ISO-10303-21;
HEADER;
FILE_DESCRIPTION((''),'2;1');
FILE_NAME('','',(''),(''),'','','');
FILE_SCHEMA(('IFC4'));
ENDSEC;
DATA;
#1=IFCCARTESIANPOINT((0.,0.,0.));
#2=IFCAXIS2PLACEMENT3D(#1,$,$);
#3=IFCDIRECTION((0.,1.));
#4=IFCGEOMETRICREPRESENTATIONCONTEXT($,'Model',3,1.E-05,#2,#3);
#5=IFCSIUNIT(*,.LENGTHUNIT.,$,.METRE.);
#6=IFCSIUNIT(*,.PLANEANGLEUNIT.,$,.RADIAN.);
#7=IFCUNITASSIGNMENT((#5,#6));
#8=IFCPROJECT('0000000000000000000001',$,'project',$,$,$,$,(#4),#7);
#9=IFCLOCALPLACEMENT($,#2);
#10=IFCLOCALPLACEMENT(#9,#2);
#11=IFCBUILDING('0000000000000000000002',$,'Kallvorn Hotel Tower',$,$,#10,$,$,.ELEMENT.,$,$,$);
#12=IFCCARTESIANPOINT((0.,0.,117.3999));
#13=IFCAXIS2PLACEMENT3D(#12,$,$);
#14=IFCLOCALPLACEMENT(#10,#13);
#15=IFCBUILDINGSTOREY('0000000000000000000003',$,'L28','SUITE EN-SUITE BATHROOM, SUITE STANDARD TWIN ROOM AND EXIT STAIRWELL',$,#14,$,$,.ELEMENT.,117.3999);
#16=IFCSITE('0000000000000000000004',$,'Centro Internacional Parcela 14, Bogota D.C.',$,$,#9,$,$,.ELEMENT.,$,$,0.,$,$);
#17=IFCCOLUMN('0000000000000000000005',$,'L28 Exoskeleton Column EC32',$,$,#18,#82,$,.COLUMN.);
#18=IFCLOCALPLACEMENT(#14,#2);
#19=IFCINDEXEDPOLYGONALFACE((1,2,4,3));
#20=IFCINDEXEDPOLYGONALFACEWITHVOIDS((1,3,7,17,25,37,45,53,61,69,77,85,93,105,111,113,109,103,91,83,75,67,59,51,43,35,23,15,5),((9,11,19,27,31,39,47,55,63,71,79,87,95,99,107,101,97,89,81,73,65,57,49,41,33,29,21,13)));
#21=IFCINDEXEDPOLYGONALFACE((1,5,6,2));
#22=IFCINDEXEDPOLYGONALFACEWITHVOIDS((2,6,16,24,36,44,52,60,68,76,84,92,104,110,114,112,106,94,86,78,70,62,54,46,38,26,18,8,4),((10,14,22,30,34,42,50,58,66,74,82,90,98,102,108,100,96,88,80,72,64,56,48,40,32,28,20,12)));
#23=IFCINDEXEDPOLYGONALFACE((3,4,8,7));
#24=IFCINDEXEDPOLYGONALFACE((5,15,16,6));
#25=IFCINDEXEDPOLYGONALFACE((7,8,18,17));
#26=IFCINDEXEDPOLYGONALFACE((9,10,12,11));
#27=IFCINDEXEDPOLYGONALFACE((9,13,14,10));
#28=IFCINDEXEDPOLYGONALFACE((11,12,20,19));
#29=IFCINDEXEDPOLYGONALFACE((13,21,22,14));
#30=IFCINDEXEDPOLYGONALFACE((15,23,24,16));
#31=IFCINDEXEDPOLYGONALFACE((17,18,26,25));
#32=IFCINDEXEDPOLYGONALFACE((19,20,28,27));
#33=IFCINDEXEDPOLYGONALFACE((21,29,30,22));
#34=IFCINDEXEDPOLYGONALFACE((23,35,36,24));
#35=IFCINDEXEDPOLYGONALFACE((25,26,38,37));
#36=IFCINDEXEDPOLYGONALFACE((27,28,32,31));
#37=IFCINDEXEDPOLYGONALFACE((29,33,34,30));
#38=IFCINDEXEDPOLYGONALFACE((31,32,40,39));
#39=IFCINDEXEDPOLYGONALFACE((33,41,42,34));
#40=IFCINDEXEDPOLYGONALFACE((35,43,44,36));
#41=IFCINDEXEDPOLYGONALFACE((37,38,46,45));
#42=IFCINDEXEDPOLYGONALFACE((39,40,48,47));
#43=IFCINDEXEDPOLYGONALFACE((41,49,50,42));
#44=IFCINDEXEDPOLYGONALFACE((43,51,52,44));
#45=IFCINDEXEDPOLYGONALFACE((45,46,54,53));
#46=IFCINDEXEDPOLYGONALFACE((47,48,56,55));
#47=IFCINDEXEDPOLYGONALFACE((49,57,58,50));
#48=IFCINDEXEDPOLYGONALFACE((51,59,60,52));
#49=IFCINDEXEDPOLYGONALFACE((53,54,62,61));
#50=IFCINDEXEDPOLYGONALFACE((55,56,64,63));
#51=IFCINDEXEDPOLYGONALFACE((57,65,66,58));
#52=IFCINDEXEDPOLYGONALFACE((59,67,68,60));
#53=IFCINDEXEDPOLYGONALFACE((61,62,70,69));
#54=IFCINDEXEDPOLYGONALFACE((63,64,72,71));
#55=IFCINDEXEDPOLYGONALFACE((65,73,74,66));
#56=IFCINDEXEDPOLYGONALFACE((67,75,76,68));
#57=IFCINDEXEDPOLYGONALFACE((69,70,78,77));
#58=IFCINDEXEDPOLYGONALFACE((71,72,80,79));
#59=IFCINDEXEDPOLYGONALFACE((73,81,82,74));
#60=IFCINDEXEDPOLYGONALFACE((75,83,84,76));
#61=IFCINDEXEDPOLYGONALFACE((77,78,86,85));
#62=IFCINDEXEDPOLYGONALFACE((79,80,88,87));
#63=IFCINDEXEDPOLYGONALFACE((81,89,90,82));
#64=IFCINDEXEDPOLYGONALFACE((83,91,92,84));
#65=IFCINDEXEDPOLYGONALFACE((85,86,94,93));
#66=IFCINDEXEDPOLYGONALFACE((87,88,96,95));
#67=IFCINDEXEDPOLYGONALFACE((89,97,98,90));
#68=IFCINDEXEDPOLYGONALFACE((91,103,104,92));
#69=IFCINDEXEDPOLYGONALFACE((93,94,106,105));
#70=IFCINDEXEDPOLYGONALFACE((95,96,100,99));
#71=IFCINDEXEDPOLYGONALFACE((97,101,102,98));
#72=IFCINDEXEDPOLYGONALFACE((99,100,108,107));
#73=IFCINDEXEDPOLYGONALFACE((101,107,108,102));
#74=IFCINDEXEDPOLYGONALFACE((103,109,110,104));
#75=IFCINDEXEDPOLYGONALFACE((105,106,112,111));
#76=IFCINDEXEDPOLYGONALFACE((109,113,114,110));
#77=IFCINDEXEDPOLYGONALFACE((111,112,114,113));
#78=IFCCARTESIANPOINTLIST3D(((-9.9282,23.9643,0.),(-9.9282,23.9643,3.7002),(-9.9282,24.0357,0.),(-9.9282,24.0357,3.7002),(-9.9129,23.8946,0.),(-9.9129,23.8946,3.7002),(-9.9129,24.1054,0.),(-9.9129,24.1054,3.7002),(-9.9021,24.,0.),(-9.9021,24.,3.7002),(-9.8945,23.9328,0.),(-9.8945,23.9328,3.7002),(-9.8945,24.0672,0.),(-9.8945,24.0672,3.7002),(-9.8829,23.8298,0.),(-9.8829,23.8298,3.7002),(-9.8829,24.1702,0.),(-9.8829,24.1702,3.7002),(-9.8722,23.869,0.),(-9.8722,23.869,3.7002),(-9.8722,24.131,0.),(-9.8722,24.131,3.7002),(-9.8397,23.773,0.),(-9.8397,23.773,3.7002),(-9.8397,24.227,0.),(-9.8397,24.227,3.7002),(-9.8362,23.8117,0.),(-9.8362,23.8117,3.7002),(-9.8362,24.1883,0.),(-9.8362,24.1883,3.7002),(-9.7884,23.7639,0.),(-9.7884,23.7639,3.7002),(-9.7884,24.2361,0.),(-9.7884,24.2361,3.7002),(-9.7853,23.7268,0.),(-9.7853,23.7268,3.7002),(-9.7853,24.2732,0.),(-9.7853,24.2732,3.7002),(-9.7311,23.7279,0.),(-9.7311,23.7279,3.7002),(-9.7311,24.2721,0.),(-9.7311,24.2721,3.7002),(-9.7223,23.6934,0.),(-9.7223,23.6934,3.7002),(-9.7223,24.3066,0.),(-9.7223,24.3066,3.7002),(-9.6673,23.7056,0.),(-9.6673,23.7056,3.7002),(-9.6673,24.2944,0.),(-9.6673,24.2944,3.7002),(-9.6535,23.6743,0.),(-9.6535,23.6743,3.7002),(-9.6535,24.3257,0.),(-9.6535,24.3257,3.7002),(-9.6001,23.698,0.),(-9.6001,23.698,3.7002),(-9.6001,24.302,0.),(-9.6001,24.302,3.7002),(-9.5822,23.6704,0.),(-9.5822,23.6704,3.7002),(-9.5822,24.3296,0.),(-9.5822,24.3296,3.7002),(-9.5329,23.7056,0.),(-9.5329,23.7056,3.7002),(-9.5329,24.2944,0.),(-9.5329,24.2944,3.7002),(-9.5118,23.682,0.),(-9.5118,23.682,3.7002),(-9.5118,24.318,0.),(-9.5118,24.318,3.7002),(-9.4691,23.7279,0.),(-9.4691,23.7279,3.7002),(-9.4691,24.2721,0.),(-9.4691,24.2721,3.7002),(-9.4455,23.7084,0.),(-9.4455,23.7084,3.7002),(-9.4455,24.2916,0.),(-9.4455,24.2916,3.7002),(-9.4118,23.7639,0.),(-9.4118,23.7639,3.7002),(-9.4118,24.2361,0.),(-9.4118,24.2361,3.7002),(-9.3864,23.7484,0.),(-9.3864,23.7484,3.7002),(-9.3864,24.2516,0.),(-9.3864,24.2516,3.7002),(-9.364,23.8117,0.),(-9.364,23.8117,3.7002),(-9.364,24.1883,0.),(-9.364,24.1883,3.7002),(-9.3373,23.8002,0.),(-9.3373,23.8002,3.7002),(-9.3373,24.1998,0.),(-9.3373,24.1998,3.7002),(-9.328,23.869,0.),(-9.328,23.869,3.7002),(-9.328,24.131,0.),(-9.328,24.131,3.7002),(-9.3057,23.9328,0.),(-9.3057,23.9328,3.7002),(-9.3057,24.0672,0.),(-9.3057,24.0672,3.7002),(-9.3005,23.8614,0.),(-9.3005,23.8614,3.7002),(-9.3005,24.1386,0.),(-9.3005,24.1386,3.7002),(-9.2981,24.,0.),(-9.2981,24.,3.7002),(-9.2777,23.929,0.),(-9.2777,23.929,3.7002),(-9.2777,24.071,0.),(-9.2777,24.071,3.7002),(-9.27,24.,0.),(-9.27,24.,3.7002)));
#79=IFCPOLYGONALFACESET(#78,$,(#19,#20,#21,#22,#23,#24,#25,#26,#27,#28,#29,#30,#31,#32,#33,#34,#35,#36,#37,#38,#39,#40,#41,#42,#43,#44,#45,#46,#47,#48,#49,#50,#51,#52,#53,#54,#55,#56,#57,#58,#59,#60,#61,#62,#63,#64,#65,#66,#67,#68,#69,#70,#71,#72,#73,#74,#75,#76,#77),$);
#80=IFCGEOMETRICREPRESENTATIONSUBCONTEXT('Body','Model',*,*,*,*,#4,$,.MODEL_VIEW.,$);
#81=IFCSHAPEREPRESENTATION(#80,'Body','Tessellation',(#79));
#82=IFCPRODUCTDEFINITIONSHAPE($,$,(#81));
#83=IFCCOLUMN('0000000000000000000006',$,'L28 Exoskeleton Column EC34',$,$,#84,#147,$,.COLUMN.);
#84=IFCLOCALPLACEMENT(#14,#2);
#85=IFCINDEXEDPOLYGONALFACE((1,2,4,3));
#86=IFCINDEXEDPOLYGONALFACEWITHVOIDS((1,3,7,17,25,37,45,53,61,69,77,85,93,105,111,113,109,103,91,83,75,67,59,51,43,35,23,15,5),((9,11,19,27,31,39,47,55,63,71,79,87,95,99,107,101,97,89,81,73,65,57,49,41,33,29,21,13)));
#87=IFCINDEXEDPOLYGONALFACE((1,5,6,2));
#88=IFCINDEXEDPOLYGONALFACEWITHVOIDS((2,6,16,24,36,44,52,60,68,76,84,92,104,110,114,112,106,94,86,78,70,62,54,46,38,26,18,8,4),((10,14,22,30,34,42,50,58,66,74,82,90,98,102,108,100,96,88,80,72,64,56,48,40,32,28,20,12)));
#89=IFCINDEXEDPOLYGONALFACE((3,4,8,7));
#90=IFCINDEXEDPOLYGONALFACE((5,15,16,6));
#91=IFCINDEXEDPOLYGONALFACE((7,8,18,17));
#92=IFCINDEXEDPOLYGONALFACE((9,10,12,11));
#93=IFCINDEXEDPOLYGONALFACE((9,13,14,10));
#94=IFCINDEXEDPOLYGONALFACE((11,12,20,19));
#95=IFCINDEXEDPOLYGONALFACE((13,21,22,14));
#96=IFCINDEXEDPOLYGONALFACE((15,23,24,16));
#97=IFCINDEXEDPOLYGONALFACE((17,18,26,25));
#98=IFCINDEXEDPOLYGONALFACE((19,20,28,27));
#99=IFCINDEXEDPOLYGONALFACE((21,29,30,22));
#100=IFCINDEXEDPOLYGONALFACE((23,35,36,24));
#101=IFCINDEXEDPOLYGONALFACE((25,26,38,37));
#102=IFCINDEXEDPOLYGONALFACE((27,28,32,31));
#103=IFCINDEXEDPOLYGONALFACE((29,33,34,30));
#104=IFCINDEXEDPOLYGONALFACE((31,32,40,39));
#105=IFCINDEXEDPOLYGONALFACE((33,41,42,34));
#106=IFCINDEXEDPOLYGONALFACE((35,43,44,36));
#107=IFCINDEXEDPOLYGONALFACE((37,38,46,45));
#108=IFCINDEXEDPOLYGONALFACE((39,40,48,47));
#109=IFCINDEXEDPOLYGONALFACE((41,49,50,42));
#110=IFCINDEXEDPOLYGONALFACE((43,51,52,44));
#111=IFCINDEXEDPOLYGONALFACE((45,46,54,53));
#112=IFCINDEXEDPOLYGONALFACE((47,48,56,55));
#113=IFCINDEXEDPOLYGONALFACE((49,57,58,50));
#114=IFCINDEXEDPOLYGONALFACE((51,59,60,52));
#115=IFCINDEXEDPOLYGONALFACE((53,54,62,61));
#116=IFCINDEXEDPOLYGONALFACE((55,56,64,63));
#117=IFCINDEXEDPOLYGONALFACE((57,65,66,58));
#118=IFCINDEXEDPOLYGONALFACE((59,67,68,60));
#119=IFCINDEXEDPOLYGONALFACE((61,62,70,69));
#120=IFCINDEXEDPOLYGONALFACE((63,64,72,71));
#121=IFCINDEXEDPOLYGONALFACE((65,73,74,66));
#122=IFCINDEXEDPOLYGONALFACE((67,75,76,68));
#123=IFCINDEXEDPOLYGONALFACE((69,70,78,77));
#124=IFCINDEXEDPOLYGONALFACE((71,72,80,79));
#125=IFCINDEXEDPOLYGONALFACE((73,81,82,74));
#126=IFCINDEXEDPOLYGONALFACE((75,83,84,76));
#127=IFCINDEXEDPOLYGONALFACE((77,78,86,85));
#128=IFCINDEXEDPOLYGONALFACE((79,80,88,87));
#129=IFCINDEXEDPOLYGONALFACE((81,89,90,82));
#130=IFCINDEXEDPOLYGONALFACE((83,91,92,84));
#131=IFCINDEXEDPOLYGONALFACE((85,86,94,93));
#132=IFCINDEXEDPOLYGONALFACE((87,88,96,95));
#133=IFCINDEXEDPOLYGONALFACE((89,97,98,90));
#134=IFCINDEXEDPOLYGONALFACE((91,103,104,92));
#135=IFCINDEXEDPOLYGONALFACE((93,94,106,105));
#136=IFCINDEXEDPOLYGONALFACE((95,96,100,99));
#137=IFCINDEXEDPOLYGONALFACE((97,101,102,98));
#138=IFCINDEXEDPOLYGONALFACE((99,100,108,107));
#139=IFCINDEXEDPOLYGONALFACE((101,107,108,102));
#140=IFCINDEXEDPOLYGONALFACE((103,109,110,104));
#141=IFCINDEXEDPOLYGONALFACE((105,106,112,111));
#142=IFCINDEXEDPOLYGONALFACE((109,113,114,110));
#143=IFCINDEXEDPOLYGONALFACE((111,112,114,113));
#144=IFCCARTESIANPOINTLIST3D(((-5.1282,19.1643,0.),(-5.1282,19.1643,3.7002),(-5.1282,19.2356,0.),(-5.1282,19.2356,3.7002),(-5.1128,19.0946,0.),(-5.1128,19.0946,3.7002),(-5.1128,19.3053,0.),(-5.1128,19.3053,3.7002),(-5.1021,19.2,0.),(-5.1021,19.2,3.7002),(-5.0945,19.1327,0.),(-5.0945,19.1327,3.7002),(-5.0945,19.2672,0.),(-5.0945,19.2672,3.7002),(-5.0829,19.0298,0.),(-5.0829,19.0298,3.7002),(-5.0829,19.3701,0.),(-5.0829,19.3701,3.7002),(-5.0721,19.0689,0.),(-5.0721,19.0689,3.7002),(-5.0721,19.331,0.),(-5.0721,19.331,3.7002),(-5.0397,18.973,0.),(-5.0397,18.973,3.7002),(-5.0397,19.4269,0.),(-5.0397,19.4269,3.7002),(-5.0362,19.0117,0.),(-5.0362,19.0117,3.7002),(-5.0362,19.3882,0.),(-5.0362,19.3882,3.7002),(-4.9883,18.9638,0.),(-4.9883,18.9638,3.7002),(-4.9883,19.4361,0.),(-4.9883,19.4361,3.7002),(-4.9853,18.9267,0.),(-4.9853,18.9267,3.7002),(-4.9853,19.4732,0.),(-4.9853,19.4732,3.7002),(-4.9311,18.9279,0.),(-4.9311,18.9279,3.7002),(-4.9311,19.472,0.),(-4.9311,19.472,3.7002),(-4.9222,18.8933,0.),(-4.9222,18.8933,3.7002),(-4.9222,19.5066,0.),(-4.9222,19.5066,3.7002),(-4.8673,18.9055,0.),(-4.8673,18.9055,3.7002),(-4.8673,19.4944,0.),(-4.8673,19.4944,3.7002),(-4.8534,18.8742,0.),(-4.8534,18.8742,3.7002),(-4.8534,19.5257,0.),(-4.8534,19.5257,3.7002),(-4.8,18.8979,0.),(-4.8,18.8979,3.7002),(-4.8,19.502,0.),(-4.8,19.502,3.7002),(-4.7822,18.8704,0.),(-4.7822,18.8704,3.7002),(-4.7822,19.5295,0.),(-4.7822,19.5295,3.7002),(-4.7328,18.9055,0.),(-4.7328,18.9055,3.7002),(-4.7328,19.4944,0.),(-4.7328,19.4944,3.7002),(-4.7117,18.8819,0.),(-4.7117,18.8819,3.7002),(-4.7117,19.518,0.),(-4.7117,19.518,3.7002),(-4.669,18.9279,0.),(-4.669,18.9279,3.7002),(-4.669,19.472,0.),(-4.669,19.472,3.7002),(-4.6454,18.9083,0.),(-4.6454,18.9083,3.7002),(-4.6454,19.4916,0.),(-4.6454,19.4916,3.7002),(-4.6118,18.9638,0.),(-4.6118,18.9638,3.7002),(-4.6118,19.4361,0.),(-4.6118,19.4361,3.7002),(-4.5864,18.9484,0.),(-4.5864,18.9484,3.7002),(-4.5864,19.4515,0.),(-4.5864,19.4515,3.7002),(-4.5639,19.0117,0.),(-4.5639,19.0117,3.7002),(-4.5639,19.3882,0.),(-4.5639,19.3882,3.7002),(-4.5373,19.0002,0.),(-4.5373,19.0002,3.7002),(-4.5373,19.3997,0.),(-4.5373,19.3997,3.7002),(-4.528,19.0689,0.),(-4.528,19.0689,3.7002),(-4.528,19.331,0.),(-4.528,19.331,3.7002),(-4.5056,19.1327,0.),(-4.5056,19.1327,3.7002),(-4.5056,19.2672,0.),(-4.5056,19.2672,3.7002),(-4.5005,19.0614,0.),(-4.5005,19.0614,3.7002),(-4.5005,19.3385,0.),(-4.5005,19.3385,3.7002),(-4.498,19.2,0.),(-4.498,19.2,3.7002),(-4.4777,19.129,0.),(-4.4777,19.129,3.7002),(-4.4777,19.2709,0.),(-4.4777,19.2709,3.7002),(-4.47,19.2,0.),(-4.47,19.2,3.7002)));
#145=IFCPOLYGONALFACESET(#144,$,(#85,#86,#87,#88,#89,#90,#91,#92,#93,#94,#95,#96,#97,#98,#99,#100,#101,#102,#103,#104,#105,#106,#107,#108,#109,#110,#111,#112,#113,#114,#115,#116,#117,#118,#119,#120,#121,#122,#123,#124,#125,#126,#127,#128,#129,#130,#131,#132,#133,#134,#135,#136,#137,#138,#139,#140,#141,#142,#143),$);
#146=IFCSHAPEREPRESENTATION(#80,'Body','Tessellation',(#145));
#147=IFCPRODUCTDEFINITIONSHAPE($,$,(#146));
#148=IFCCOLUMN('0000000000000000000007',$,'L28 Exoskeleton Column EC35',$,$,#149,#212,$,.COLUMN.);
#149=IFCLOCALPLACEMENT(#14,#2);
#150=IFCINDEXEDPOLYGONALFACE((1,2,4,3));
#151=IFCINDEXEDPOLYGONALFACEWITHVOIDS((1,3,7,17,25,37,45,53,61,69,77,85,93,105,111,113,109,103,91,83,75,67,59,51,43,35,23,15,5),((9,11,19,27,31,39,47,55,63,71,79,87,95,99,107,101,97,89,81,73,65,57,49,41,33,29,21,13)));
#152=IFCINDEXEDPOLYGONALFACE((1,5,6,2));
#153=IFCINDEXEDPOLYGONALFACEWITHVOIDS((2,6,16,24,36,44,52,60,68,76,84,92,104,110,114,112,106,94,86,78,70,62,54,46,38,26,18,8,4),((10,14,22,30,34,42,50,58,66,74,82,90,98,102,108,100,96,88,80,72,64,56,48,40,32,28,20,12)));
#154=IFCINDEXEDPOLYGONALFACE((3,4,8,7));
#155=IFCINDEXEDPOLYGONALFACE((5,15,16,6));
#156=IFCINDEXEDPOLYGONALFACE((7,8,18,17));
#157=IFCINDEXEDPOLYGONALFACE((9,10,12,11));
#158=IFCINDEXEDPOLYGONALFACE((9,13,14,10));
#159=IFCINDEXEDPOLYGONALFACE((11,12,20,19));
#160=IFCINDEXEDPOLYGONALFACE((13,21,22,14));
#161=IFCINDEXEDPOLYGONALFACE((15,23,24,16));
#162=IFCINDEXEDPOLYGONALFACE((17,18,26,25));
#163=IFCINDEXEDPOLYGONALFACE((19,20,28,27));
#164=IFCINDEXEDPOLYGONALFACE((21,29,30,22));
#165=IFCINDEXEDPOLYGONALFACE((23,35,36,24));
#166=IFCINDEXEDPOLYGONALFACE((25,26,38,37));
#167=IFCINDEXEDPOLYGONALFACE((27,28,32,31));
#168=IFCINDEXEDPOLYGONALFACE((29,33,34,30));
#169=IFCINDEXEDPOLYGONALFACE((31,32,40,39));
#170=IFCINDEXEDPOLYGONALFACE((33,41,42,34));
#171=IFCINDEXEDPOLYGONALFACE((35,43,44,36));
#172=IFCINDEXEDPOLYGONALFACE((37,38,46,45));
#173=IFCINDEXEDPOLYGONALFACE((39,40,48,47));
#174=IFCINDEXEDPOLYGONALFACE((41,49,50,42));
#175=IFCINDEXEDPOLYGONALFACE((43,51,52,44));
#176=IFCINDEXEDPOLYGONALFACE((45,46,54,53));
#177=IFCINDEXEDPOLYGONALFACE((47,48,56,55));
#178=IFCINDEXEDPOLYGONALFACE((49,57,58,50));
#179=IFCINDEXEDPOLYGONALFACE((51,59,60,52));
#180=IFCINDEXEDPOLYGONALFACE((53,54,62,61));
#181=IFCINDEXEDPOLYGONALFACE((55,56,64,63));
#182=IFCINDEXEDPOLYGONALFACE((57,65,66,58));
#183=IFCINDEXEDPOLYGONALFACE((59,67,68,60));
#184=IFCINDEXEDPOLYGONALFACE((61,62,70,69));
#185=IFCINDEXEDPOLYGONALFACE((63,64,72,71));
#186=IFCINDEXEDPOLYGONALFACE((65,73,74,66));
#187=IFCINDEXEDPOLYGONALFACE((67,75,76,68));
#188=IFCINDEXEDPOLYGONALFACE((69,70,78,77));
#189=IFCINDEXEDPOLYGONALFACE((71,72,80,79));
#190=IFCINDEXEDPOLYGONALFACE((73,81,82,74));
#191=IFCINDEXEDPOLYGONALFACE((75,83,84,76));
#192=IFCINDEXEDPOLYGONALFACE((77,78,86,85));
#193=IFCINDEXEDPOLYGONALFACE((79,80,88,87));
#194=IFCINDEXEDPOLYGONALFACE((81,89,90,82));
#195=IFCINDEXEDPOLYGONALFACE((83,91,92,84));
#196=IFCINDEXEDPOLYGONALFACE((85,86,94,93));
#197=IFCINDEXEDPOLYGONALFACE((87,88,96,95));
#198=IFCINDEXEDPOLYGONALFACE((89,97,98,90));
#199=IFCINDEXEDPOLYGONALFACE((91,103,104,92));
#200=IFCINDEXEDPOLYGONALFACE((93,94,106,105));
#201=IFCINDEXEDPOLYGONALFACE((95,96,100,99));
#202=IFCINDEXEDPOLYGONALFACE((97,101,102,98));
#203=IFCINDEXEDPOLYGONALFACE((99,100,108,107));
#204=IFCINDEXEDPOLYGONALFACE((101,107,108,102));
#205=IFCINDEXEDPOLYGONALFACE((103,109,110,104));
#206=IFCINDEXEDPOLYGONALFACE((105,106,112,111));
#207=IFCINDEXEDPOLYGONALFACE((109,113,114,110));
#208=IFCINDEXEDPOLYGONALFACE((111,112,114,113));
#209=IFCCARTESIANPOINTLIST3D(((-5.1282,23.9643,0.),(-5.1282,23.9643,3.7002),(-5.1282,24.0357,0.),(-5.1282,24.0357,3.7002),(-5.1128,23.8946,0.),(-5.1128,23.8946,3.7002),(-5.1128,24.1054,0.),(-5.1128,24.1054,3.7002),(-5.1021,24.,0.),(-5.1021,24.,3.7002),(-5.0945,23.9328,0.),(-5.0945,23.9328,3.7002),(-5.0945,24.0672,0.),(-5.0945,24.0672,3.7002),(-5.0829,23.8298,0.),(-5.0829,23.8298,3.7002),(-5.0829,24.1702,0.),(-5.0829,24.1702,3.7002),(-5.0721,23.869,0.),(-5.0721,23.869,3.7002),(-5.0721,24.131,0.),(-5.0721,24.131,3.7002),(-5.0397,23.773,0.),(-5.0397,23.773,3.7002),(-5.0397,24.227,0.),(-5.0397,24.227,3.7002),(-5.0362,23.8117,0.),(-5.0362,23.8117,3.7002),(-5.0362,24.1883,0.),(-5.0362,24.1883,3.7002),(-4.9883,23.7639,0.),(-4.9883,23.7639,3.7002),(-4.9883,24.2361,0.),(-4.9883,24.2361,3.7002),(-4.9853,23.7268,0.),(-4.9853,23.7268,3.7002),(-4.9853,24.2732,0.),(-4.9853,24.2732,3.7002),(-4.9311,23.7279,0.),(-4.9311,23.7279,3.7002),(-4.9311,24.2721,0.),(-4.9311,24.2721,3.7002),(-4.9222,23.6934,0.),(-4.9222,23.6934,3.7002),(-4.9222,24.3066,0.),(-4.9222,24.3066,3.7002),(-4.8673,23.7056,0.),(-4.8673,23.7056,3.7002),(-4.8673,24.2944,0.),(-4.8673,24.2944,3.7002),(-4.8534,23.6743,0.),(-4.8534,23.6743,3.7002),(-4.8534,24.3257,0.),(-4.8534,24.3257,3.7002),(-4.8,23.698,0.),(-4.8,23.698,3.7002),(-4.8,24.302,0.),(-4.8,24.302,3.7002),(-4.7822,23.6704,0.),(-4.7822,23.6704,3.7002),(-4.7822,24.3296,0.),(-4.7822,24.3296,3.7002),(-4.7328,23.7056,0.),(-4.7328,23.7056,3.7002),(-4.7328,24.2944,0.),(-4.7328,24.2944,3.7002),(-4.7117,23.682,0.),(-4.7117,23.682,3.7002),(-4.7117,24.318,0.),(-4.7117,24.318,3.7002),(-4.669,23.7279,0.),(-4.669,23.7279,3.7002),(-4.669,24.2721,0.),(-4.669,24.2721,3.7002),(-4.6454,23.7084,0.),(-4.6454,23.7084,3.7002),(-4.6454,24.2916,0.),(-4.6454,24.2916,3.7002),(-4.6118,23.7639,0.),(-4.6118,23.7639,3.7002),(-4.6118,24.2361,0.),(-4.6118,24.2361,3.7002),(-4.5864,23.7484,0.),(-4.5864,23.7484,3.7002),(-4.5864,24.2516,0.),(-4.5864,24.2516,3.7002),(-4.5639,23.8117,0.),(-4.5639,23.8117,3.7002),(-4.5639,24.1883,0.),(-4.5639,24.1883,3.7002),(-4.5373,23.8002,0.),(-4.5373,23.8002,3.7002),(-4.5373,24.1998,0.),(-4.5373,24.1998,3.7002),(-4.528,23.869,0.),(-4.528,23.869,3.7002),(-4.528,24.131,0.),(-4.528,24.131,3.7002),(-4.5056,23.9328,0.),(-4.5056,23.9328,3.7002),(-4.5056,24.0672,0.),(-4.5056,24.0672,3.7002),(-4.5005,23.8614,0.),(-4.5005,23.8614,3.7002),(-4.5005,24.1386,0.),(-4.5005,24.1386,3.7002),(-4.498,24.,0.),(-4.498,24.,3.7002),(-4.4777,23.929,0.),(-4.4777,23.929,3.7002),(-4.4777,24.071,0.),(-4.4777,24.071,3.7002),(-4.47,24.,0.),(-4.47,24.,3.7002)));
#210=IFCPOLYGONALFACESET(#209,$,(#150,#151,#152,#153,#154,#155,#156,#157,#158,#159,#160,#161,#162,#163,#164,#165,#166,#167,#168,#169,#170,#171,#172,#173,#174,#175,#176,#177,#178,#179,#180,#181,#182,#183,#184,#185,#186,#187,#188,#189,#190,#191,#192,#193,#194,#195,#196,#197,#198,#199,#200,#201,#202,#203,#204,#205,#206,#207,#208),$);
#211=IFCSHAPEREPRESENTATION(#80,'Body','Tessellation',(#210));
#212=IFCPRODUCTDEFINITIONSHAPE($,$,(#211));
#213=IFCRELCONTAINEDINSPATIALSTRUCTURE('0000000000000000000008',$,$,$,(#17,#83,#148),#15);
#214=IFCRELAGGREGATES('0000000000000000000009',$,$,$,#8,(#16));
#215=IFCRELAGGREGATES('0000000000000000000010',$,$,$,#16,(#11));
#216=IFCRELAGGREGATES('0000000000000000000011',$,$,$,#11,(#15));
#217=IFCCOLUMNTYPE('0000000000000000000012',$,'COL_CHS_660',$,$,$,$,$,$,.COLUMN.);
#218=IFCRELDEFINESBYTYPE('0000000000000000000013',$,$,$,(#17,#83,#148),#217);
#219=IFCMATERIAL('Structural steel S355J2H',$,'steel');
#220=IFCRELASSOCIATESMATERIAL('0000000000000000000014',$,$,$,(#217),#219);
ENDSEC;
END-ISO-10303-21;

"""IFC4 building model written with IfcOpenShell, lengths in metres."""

from ifc_helpers import new_model, si_unit, direction, frame, origin, origin_2d, place, context, subcontext, project, spatial, hollow_circle, extrude, material, material_profile, profile_set, type_object, element, save


model = new_model("IFC4")

# Units and contexts
model_context = context("Model", 3, precision=1e-05, world=origin(), true_north=direction((0.0, 1.0)))
body_context = subcontext(model_context, "Body", "Model", "MODEL_VIEW")
ifc_project = project(units=[si_unit("LENGTHUNIT", "METRE"), si_unit("PLANEANGLEUNIT", "RADIAN")], contexts=[model_context])

# Site, building, storey
site_placement = place(None, origin())
site = spatial("IfcSite", under=ifc_project, at=site_placement, Name="Centro Internacional Parcela 14, Bogota D.C.", CompositionType="ELEMENT", RefElevation=0.0)
building_placement = place(site_placement, origin())
building = spatial("IfcBuilding", under=site, at=building_placement, Name="Kallvorn Hotel Tower", CompositionType="ELEMENT")
storey_placement = place(building_placement, frame((0.0, 0.0, 117.3999)))
storey = spatial("IfcBuildingStorey", under=building, at=storey_placement, Name="L28", Description="SUITE EN-SUITE BATHROOM, SUITE STANDARD TWIN ROOM AND EXIT STAIRWELL", CompositionType="ELEMENT", Elevation=117.3999)

# Columns
ifc_material_1 = material(Name="Structural steel S355J2H", Category="steel")
ifc_material_profile_1 = material_profile(ifc_material_1, hollow_circle(Radius=0.3301, WallThickness=0.0281, at=origin_2d()), Name="CHS 660x28")
ifc_profile_set_1 = profile_set([ifc_material_profile_1], Name="Structural steel S355J2H")
column_type_1 = type_object("IfcColumnType", Name="COL_CHS_660", PredefinedType="COLUMN", material=ifc_profile_set_1)
for number, where, z_axis, x_axis, name in (
    (1, (-9.6001, 24.0, 0.0), (0.0, 0.0, 1.0), (1.0, 0.0, 0.0), "L28 Exoskeleton Column EC32"),
    (2, (-4.8, 19.2, 0.0), (0.0, 0.0, 1.0), (1.0, 0.0, 0.0), "L28 Exoskeleton Column EC34"),
    (3, (-4.8, 24.0, 0.0), (0.0, 0.0, 1.0), (1.0, 0.0, 0.0), "L28 Exoskeleton Column EC35"),
):
    element("IfcColumn", number, at=place(storey_placement, frame(where, z_axis=z_axis, x_axis=x_axis)), inside=storey, type_object=column_type_1, Name=name, PredefinedType="COLUMN", context=body_context, shape_type="SweptSolid", body=[
        extrude(hollow_circle(Radius=0.3301, WallThickness=0.0281, at=origin_2d()), origin(), (0.0, 0.0, 1.0), 3.7002),
    ])

save(model, "model.ifc")
